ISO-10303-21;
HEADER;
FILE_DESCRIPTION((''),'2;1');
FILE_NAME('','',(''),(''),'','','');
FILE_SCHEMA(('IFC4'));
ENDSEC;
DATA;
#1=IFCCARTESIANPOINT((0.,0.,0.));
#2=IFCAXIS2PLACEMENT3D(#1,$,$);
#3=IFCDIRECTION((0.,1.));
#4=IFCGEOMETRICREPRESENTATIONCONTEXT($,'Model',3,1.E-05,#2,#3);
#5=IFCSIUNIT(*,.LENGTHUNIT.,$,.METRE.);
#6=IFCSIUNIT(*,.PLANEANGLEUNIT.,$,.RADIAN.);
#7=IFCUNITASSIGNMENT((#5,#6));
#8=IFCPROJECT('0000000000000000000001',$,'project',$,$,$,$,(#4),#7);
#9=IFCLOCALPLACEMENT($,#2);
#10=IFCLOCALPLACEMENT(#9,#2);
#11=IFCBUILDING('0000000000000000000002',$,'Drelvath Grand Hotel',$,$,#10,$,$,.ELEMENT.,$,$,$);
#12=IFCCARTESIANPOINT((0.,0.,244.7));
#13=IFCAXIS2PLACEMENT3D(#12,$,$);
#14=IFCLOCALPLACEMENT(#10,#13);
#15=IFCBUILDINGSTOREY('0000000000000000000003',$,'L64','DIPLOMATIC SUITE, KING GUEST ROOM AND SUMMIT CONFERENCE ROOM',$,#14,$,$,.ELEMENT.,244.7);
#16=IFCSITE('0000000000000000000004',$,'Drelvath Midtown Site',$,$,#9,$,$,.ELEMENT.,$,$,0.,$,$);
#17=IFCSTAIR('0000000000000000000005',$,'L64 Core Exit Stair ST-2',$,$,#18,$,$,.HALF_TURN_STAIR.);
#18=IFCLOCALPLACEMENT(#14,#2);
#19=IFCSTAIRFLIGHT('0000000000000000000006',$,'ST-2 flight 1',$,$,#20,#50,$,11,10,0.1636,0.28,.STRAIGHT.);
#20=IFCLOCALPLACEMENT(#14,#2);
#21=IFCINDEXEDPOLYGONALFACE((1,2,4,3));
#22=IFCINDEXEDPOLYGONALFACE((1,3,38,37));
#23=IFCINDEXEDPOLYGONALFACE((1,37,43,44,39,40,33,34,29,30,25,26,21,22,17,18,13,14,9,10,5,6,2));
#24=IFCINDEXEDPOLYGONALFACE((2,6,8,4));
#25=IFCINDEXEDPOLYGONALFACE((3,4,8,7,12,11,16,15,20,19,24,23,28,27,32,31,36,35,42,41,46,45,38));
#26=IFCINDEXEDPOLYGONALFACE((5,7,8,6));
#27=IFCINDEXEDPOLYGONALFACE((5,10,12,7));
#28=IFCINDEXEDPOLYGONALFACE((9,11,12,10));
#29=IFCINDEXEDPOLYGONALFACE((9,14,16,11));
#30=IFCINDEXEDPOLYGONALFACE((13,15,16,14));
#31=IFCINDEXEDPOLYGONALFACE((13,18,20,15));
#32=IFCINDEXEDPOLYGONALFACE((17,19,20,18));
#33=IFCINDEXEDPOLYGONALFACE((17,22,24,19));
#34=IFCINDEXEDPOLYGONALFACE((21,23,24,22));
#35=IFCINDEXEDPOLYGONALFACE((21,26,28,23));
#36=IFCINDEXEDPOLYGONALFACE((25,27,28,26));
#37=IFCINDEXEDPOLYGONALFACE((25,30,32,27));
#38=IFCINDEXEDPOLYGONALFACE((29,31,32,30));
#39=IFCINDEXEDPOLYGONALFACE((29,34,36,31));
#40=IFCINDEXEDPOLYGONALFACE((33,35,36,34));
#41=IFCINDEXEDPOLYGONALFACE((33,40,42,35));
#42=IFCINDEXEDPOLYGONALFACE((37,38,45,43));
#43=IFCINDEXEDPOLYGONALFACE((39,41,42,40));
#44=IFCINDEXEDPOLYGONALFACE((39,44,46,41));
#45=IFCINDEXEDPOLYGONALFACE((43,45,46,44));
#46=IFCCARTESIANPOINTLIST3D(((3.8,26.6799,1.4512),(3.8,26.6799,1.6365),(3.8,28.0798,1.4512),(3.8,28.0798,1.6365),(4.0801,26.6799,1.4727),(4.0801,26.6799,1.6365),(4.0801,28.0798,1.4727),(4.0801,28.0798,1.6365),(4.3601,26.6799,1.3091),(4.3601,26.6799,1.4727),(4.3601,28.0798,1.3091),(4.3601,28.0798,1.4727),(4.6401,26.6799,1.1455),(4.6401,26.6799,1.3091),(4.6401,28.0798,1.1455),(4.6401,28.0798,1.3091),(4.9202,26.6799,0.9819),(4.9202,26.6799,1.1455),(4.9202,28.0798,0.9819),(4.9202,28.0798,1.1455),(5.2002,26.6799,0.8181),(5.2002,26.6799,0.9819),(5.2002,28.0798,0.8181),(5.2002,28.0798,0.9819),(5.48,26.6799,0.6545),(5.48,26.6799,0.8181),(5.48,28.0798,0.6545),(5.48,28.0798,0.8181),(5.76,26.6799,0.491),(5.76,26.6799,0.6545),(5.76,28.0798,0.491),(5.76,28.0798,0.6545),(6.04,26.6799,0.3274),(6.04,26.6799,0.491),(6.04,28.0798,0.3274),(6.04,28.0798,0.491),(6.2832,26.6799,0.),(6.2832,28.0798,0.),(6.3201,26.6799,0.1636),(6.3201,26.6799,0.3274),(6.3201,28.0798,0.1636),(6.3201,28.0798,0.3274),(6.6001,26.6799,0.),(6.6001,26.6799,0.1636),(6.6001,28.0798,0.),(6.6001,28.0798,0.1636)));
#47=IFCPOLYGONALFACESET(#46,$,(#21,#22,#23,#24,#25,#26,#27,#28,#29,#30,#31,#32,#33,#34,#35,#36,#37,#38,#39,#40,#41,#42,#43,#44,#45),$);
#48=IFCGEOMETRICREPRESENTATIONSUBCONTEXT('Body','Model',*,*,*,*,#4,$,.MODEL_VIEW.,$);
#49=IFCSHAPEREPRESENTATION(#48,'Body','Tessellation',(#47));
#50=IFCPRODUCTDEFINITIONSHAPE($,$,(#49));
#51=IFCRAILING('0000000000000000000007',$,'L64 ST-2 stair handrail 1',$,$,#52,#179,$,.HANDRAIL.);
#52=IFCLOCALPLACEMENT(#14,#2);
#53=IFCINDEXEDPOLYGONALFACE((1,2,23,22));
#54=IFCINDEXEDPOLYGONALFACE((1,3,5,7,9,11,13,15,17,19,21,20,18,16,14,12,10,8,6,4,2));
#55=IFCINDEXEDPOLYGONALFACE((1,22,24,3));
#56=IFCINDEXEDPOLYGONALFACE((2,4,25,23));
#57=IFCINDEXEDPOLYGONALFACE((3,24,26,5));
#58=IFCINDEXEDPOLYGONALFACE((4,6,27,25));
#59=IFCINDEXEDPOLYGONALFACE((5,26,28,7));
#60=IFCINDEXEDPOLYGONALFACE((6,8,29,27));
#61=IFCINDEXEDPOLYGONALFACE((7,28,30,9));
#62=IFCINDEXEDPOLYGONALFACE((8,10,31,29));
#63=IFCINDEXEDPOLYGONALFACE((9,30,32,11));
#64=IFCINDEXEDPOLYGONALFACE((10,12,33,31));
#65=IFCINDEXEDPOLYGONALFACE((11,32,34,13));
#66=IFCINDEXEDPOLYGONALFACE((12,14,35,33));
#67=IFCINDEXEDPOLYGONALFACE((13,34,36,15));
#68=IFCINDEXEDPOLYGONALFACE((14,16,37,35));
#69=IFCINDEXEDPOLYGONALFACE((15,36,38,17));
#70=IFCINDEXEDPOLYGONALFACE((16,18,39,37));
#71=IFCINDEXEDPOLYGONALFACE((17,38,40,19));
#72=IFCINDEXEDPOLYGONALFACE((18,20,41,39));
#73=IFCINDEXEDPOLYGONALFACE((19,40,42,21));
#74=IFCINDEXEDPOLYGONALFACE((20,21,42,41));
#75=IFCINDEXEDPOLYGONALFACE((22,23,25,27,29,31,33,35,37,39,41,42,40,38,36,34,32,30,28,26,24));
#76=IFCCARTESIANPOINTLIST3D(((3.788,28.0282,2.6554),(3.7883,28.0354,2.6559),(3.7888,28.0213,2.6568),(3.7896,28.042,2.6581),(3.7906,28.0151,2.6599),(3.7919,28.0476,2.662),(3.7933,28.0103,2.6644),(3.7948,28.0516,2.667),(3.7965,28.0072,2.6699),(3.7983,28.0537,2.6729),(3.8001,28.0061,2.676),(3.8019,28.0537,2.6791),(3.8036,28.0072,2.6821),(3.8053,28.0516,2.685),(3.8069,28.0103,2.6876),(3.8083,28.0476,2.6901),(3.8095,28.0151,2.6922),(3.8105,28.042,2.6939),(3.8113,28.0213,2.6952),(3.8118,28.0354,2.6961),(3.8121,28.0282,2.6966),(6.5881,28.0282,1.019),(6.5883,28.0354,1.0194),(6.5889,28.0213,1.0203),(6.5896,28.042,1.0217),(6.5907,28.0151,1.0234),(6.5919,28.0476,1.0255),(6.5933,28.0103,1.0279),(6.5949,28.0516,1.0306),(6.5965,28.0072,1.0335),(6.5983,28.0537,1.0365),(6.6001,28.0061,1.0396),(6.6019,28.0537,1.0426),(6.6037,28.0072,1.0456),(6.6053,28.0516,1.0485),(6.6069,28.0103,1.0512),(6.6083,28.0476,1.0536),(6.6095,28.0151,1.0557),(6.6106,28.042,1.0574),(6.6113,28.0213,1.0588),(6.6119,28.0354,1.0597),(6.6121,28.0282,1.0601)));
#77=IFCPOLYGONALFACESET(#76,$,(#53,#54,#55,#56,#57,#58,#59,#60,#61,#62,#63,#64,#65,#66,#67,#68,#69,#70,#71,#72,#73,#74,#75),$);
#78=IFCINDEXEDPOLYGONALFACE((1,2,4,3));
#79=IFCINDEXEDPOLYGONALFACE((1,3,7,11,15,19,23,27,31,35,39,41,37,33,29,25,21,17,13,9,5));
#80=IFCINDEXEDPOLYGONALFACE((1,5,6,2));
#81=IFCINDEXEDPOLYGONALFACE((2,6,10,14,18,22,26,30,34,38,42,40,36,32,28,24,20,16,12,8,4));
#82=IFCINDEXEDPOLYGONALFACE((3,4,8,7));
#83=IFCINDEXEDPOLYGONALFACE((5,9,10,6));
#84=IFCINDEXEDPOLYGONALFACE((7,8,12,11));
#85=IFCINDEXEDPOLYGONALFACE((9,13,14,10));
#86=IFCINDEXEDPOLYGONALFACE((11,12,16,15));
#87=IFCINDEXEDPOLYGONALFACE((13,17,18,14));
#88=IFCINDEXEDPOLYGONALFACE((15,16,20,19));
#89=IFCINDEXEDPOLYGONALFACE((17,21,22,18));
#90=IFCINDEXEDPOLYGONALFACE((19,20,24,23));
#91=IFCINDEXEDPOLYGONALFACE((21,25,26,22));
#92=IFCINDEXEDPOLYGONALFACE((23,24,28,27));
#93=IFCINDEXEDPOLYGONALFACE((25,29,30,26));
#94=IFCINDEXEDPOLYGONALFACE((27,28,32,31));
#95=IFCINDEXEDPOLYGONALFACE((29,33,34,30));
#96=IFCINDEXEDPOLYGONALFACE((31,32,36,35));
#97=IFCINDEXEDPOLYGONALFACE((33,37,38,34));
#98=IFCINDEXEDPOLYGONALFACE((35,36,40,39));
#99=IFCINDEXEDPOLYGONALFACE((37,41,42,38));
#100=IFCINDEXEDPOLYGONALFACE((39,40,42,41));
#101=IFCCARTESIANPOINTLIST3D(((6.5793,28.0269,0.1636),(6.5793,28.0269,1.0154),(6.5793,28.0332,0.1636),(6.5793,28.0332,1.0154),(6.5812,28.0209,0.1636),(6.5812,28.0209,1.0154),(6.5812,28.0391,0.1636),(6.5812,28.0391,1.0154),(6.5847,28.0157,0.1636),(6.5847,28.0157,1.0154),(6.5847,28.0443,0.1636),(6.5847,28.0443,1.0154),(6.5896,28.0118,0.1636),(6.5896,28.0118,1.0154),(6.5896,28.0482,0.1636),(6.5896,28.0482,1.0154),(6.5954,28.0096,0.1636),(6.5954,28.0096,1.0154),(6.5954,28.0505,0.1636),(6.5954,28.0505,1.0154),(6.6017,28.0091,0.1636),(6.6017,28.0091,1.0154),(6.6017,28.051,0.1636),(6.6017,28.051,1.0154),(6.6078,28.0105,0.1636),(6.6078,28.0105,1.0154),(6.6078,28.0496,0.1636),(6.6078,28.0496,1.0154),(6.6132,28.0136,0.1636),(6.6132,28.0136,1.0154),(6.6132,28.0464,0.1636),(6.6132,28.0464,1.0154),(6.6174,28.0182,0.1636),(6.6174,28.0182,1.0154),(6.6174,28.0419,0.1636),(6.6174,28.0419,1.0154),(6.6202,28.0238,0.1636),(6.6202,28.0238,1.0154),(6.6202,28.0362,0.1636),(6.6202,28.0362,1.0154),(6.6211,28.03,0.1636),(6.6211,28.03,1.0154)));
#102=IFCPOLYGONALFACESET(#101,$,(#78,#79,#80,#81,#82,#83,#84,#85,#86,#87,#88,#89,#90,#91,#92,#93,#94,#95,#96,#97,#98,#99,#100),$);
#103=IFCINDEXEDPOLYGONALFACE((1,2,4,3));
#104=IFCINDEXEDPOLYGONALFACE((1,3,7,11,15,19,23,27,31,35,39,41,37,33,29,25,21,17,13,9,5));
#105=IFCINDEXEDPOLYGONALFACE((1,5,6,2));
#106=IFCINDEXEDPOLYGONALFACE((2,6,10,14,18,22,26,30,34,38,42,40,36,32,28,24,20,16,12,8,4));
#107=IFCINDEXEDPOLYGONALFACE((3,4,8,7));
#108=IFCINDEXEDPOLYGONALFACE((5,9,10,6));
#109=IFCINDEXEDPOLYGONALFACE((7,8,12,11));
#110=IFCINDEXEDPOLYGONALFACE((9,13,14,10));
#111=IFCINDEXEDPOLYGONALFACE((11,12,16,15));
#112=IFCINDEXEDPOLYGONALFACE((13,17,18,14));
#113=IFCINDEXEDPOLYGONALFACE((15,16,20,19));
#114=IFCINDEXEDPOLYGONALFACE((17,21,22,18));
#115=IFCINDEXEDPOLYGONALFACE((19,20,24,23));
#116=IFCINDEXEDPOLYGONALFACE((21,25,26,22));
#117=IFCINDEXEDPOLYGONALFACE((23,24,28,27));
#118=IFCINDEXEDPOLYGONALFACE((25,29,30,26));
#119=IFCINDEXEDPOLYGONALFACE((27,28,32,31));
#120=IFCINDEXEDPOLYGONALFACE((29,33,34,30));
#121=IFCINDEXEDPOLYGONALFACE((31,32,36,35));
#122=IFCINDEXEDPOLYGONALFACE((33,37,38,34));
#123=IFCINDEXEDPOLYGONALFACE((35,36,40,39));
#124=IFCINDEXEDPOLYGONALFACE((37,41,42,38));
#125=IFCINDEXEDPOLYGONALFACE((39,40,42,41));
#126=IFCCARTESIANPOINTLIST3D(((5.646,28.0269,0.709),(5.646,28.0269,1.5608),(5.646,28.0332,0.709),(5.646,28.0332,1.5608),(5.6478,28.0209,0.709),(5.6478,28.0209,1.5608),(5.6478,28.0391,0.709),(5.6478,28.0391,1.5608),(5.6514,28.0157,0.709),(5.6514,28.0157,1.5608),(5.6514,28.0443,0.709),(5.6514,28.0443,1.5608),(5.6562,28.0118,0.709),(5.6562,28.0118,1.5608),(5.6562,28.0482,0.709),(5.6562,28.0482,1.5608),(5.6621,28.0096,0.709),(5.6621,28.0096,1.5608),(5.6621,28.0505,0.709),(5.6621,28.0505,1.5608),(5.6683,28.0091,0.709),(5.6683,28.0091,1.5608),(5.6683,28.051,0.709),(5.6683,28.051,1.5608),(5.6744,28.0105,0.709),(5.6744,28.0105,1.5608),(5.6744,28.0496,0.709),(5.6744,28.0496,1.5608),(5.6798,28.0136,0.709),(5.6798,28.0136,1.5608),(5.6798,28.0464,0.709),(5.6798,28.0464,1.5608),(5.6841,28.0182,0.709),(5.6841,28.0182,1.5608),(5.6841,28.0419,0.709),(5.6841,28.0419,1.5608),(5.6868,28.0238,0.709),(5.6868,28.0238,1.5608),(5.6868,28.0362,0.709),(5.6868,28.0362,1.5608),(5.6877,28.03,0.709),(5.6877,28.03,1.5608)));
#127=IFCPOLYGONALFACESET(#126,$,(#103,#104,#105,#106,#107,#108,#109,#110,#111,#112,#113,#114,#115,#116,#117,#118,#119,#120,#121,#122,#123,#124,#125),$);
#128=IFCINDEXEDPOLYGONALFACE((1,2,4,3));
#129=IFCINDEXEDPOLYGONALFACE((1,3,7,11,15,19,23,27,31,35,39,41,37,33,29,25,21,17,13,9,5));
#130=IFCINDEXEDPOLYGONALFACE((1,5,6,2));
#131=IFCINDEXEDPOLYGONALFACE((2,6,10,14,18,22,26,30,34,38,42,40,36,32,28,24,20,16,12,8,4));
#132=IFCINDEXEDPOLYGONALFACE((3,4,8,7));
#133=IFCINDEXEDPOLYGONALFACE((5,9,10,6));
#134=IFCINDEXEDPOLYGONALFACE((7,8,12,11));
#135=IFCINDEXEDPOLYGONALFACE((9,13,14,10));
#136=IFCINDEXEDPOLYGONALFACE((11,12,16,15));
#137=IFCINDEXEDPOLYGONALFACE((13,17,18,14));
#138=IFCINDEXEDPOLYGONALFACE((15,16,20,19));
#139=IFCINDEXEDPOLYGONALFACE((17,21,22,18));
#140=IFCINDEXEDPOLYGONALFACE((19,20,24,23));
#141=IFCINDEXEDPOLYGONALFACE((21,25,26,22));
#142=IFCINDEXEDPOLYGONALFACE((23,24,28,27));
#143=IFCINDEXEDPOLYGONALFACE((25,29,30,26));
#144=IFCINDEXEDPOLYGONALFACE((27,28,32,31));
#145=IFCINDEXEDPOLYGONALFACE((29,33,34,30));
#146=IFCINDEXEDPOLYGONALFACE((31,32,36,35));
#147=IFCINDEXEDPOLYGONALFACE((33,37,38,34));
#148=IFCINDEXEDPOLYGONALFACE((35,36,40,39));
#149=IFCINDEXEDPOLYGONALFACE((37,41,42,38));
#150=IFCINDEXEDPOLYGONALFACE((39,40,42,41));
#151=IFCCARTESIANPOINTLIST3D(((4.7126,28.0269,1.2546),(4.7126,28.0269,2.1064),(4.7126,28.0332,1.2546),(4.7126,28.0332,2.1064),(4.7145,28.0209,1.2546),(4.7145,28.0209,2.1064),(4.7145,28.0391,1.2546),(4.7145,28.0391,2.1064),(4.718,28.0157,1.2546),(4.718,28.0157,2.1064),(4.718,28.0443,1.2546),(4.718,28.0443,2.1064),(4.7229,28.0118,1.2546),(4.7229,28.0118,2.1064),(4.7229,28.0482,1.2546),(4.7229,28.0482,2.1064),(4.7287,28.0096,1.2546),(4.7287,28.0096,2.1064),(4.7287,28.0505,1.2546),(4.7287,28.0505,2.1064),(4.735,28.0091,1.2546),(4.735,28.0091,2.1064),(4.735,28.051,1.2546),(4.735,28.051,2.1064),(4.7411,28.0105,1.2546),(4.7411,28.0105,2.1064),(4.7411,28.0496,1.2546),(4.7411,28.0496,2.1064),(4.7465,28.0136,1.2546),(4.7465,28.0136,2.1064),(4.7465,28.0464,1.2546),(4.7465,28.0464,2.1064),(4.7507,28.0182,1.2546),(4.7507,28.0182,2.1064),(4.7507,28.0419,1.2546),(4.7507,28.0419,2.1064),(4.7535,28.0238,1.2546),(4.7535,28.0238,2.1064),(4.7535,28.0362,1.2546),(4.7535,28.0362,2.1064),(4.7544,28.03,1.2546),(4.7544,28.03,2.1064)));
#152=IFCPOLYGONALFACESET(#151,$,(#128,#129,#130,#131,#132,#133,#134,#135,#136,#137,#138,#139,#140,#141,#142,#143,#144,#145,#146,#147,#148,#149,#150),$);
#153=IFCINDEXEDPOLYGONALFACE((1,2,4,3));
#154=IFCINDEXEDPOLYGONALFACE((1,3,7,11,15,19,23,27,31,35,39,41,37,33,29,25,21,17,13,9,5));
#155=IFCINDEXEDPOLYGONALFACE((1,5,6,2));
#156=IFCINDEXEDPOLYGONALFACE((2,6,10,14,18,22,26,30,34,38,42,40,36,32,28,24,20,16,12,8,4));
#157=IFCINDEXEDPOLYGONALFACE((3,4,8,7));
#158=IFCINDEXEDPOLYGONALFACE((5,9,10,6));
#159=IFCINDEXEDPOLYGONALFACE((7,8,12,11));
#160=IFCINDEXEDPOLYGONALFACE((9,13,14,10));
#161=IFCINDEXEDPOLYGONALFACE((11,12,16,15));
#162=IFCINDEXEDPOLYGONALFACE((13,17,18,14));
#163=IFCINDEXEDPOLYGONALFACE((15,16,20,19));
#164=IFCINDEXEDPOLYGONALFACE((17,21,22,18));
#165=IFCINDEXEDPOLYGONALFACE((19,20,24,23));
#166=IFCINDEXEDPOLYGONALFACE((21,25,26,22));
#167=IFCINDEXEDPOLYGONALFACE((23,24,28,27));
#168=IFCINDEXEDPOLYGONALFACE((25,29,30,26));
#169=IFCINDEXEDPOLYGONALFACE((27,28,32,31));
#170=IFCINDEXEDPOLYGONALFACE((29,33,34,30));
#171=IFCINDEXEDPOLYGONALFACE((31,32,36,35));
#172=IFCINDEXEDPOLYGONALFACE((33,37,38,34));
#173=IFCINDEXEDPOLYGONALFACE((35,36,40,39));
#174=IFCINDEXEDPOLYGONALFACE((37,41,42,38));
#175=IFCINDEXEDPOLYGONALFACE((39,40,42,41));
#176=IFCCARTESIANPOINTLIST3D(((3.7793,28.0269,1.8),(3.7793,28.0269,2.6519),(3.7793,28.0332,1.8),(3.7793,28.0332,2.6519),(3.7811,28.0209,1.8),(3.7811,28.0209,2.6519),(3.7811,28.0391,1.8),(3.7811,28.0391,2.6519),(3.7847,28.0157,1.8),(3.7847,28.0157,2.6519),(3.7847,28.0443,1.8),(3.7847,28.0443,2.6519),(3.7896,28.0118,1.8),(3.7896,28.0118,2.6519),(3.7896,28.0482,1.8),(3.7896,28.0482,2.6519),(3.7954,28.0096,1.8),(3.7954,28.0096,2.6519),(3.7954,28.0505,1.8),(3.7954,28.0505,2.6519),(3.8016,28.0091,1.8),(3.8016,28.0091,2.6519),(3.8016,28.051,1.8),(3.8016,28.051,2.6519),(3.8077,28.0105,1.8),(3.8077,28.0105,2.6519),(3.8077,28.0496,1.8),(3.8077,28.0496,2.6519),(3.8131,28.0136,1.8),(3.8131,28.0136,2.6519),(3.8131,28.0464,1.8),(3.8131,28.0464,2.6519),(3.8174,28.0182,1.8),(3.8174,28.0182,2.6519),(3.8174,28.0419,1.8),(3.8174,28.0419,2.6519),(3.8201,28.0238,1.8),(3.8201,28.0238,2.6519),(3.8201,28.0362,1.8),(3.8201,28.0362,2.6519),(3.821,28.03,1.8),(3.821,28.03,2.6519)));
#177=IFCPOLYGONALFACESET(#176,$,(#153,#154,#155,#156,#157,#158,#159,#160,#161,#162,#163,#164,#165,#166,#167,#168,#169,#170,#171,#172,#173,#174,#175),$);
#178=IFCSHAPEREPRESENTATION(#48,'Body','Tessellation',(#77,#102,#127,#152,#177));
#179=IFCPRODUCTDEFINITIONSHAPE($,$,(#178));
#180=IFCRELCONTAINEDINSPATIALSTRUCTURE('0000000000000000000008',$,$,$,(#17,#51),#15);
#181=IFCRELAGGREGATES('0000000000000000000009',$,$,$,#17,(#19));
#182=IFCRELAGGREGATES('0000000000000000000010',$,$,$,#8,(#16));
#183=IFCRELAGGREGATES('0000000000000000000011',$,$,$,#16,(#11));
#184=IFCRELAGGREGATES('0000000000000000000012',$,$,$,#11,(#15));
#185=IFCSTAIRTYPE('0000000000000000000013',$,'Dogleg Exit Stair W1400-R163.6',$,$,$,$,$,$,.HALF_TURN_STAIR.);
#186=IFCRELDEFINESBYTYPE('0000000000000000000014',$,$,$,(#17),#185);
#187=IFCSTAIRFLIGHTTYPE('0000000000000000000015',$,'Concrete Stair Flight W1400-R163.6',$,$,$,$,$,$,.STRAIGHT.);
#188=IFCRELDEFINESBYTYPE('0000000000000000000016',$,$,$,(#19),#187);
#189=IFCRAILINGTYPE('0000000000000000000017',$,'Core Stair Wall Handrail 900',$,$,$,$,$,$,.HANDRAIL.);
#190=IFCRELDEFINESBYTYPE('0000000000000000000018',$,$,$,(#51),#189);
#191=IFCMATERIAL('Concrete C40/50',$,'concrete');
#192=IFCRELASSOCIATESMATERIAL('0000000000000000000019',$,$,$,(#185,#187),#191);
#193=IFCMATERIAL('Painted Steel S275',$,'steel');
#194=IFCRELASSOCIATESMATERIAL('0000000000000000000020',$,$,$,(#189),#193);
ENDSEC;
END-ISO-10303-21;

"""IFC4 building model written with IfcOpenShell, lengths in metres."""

from ifc_helpers import new_model, si_unit, direction, frame, origin, origin_2d, place, context, subcontext, project, spatial, polyline, circle, outline, extrude, material, type_object, element, aggregate, save


model = new_model("IFC4")

# Units and contexts
model_context = context("Model", 3, precision=1e-05, world=origin(), true_north=direction((0.0, 1.0)))
body_context = subcontext(model_context, "Body", "Model", "MODEL_VIEW")
ifc_project = project(units=[si_unit("LENGTHUNIT", "METRE"), si_unit("PLANEANGLEUNIT", "RADIAN")], contexts=[model_context])

# Site, building, storey
site_placement = place(None, origin())
site = spatial("IfcSite", under=ifc_project, at=site_placement, Name="Drelvath Midtown Site", CompositionType="ELEMENT", RefElevation=0.0)
building_placement = place(site_placement, origin())
building = spatial("IfcBuilding", under=site, at=building_placement, Name="Drelvath Grand Hotel", CompositionType="ELEMENT")
storey_placement = place(building_placement, frame((0.0, 0.0, 244.7)))
storey = spatial("IfcBuildingStorey", under=building, at=storey_placement, Name="L64", Description="DIPLOMATIC SUITE, KING GUEST ROOM AND SUMMIT CONFERENCE ROOM", CompositionType="ELEMENT", Elevation=244.7)

# Shared definitions
ifc_material_1 = material(Name="Concrete C40/50", Category="concrete")

# Shared definitions
ifc_material_2 = material(Name="Painted Steel S275", Category="steel")

# Stair, stair flight
stair_type = type_object("IfcStairType", Name="Dogleg Exit Stair W1400-R163.6", PredefinedType="HALF_TURN_STAIR", material=ifc_material_1)
stair_placement = place(storey_placement, origin())
stair = element("IfcStair", 1, at=stair_placement, inside=storey, type_object=stair_type, Name="L64 Core Exit Stair ST-2", PredefinedType="HALF_TURN_STAIR")
stair_flight_type = type_object("IfcStairFlightType", Name="Concrete Stair Flight W1400-R163.6", PredefinedType="STRAIGHT", material=ifc_material_1)
stair_flight_placement = place(storey_placement, frame((6.6001, 27.3799, 0.0), z_axis=(0.0, 0.0, 1.0), x_axis=(-1.0, 0.0, 0.0)))
stair_flight = element("IfcStairFlight", 2, at=stair_flight_placement, type_object=stair_flight_type, Name="ST-2 flight 1", NumberOfRisers=11, NumberOfTreads=10, PredefinedType="STRAIGHT", RiserHeight=0.1636, TreadLength=0.28, context=body_context, shape_type="SweptSolid", body=[
    extrude(outline(polyline([(0.0, 0.0), (0.0, 0.1636), (0.28, 0.1636), (0.28, 0.3274), (0.5601, 0.3274), (0.5601, 0.491), (0.8401, 0.491), (0.8401, 0.6545), (1.1201, 0.6545), (1.1201, 0.8181), (1.3999, 0.8181), (1.3999, 0.9819), (1.6799, 0.9819), (1.6799, 1.1455), (1.96, 1.1455), (1.96, 1.3091), (2.24, 1.3091), (2.24, 1.4727), (2.52, 1.4727), (2.52, 1.6365), (2.8, 1.6365), (2.8, 1.8), (2.8, 1.4512), (0.3169, 0.0), (0.0, 0.0)])), frame((0.0, 0.7, 0.0), z_axis=(0.0, -1.0, 0.0), x_axis=(1.0, 0.0, 0.0)), (0.0, 0.0, 1.0), 1.3999),
])
aggregate(stair, [stair_flight])

# Railing
railing_type = type_object("IfcRailingType", Name="Core Stair Wall Handrail 900", PredefinedType="HANDRAIL", material=ifc_material_2)
railing_placement = place(storey_placement, frame((6.6001, 28.03, 0.1636)))
element("IfcRailing", 3, at=railing_placement, inside=storey, type_object=railing_type, Name="L64 ST-2 stair handrail 1", PredefinedType="HANDRAIL", context=body_context, shape_type="SweptSolid", body=[
    extrude(circle(Radius=0.0239, at=origin_2d()), frame((0.0, 0.0, 0.876), z_axis=(-0.863361, 0.0, 0.504587), x_axis=(0.0, -1.0, 0.0)), (0.0, 0.0, 1.0), 3.2432),
    extrude(circle(Radius=0.021, at=origin_2d()), origin(), (0.0, 0.0, 1.0), 0.8518),
    extrude(circle(Radius=0.021, at=origin_2d()), frame((-0.9333, 0.0, 0.5454)), (0.0, 0.0, 1.0), 0.8518),
    extrude(circle(Radius=0.021, at=origin_2d()), frame((-1.8667, 0.0, 1.0911)), (0.0, 0.0, 1.0), 0.8518),
    extrude(circle(Radius=0.021, at=origin_2d()), frame((-2.8, 0.0, 1.6365)), (0.0, 0.0, 1.0), 0.8518),
])

save(model, "model.ifc")
